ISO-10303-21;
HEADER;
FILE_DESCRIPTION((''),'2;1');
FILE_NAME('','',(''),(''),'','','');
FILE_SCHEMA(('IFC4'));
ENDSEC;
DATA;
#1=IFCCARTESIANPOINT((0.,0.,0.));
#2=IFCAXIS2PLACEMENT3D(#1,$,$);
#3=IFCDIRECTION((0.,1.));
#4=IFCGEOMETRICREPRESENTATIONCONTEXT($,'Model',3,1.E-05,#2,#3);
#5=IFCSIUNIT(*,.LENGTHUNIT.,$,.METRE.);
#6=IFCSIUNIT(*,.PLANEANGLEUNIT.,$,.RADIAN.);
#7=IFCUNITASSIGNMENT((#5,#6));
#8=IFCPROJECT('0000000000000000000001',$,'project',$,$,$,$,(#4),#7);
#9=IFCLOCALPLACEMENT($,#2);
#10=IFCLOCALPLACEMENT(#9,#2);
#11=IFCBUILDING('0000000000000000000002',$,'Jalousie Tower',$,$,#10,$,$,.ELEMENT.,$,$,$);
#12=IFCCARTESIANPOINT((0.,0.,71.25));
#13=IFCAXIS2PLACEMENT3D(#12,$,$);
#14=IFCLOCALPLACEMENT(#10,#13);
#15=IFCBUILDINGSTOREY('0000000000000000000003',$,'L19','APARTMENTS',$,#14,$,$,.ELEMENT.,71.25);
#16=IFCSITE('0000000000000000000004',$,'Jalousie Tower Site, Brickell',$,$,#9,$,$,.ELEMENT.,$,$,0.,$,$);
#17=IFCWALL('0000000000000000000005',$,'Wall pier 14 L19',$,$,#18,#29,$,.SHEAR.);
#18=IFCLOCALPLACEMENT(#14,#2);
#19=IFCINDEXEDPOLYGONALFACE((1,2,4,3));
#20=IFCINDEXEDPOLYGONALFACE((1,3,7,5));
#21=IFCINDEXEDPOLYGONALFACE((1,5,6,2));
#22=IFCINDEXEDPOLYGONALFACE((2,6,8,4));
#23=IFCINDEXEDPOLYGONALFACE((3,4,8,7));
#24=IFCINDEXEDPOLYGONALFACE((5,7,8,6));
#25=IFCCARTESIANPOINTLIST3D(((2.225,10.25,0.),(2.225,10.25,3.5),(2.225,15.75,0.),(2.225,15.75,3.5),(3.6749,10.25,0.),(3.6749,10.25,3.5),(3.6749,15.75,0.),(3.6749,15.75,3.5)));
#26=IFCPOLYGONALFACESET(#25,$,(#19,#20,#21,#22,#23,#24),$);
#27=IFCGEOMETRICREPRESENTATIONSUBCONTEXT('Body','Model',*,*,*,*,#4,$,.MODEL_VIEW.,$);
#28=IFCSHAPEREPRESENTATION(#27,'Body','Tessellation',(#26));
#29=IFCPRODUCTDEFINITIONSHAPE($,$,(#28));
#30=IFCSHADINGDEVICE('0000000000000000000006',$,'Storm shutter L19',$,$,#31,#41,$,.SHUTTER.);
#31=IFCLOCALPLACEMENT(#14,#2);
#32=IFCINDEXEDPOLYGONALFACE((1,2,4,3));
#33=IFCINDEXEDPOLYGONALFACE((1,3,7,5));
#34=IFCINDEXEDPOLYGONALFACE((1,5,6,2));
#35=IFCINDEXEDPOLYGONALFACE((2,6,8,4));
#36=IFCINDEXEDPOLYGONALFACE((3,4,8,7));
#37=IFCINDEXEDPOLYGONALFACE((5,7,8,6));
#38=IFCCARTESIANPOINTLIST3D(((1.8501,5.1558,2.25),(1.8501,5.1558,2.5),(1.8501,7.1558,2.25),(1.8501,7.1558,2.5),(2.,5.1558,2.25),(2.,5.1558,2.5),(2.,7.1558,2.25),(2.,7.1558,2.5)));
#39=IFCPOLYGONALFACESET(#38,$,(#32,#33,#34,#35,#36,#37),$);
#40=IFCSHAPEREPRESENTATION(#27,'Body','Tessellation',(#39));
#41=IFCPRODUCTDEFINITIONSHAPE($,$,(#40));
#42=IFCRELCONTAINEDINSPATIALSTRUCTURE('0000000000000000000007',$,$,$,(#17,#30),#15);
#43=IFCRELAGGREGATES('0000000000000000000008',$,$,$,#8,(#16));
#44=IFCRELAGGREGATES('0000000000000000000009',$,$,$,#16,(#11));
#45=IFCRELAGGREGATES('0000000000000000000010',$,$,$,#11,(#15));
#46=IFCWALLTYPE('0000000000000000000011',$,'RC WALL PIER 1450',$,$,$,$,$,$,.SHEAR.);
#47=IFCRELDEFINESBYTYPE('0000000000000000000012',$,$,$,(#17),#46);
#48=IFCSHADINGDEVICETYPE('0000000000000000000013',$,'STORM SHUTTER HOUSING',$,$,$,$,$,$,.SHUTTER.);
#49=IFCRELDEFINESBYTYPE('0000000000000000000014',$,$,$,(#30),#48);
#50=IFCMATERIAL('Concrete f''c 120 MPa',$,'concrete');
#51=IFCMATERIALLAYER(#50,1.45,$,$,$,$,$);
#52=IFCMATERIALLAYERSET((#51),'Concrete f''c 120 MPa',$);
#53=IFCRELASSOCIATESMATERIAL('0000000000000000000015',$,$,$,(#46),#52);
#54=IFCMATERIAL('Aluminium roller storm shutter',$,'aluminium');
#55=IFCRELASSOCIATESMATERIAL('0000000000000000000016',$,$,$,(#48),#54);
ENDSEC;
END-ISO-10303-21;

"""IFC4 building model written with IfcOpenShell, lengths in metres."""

from ifc_helpers import new_model, si_unit, direction, frame, frame_2d, origin, origin_2d, place, context, subcontext, project, spatial, rectangle, extrude, material, layer, layer_set, type_object, element, save


model = new_model("IFC4")

# Units and contexts
model_context = context("Model", 3, precision=1e-05, world=origin(), true_north=direction((0.0, 1.0)))
body_context = subcontext(model_context, "Body", "Model", "MODEL_VIEW")
ifc_project = project(units=[si_unit("LENGTHUNIT", "METRE"), si_unit("PLANEANGLEUNIT", "RADIAN")], contexts=[model_context])

# Site, building, storey
site_placement = place(None, origin())
site = spatial("IfcSite", under=ifc_project, at=site_placement, Name="Jalousie Tower Site, Brickell", CompositionType="ELEMENT", RefElevation=0.0)
building_placement = place(site_placement, origin())
building = spatial("IfcBuilding", under=site, at=building_placement, Name="Jalousie Tower", CompositionType="ELEMENT")
storey_placement = place(building_placement, frame((0.0, 0.0, 71.25)))
storey = spatial("IfcBuildingStorey", under=building, at=storey_placement, Name="L19", Description="APARTMENTS", CompositionType="ELEMENT", Elevation=71.25)

# Wall
ifc_material_1 = material(Name="Concrete f'c 120 MPa", Category="concrete")
ifc_layer_1 = layer(ifc_material_1, 1.45)
ifc_layer_set_1 = layer_set([ifc_layer_1], Name="Concrete f'c 120 MPa")
wall_type_1 = type_object("IfcWallType", Name="RC WALL PIER 1450", PredefinedType="SHEAR", material=ifc_layer_set_1)
wall_1_placement = place(storey_placement, frame((2.95, 10.25, 0.0), z_axis=(0.0, 0.0, 1.0), x_axis=(0.0, 1.0, 0.0)))
element("IfcWall", 1, at=wall_1_placement, inside=storey, type_object=wall_type_1, Name="Wall pier 14 L19", PredefinedType="SHEAR", context=body_context, shape_type="SweptSolid", body=[
    extrude(rectangle(XDim=5.5, YDim=1.45, at=frame_2d((2.75, 0.0))), origin(), (0.0, 0.0, 1.0), 3.5),
])

# Shading device
ifc_material_2 = material(Name="Aluminium roller storm shutter", Category="aluminium")
shading_device_type = type_object("IfcShadingDeviceType", Name="STORM SHUTTER HOUSING", PredefinedType="SHUTTER", material=ifc_material_2)
shading_device_placement = place(storey_placement, frame((1.925, 6.1558, 2.25), z_axis=(0.0, 0.0, 1.0), x_axis=(0.0, -1.0, 0.0)))
element("IfcShadingDevice", 2, at=shading_device_placement, inside=storey, type_object=shading_device_type, Name="Storm shutter L19", PredefinedType="SHUTTER", context=body_context, shape_type="SweptSolid", body=[
    extrude(rectangle(XDim=2.0, YDim=0.1499, at=origin_2d()), origin(), (0.0, 0.0, 1.0), 0.25),
])

save(model, "model.ifc")
